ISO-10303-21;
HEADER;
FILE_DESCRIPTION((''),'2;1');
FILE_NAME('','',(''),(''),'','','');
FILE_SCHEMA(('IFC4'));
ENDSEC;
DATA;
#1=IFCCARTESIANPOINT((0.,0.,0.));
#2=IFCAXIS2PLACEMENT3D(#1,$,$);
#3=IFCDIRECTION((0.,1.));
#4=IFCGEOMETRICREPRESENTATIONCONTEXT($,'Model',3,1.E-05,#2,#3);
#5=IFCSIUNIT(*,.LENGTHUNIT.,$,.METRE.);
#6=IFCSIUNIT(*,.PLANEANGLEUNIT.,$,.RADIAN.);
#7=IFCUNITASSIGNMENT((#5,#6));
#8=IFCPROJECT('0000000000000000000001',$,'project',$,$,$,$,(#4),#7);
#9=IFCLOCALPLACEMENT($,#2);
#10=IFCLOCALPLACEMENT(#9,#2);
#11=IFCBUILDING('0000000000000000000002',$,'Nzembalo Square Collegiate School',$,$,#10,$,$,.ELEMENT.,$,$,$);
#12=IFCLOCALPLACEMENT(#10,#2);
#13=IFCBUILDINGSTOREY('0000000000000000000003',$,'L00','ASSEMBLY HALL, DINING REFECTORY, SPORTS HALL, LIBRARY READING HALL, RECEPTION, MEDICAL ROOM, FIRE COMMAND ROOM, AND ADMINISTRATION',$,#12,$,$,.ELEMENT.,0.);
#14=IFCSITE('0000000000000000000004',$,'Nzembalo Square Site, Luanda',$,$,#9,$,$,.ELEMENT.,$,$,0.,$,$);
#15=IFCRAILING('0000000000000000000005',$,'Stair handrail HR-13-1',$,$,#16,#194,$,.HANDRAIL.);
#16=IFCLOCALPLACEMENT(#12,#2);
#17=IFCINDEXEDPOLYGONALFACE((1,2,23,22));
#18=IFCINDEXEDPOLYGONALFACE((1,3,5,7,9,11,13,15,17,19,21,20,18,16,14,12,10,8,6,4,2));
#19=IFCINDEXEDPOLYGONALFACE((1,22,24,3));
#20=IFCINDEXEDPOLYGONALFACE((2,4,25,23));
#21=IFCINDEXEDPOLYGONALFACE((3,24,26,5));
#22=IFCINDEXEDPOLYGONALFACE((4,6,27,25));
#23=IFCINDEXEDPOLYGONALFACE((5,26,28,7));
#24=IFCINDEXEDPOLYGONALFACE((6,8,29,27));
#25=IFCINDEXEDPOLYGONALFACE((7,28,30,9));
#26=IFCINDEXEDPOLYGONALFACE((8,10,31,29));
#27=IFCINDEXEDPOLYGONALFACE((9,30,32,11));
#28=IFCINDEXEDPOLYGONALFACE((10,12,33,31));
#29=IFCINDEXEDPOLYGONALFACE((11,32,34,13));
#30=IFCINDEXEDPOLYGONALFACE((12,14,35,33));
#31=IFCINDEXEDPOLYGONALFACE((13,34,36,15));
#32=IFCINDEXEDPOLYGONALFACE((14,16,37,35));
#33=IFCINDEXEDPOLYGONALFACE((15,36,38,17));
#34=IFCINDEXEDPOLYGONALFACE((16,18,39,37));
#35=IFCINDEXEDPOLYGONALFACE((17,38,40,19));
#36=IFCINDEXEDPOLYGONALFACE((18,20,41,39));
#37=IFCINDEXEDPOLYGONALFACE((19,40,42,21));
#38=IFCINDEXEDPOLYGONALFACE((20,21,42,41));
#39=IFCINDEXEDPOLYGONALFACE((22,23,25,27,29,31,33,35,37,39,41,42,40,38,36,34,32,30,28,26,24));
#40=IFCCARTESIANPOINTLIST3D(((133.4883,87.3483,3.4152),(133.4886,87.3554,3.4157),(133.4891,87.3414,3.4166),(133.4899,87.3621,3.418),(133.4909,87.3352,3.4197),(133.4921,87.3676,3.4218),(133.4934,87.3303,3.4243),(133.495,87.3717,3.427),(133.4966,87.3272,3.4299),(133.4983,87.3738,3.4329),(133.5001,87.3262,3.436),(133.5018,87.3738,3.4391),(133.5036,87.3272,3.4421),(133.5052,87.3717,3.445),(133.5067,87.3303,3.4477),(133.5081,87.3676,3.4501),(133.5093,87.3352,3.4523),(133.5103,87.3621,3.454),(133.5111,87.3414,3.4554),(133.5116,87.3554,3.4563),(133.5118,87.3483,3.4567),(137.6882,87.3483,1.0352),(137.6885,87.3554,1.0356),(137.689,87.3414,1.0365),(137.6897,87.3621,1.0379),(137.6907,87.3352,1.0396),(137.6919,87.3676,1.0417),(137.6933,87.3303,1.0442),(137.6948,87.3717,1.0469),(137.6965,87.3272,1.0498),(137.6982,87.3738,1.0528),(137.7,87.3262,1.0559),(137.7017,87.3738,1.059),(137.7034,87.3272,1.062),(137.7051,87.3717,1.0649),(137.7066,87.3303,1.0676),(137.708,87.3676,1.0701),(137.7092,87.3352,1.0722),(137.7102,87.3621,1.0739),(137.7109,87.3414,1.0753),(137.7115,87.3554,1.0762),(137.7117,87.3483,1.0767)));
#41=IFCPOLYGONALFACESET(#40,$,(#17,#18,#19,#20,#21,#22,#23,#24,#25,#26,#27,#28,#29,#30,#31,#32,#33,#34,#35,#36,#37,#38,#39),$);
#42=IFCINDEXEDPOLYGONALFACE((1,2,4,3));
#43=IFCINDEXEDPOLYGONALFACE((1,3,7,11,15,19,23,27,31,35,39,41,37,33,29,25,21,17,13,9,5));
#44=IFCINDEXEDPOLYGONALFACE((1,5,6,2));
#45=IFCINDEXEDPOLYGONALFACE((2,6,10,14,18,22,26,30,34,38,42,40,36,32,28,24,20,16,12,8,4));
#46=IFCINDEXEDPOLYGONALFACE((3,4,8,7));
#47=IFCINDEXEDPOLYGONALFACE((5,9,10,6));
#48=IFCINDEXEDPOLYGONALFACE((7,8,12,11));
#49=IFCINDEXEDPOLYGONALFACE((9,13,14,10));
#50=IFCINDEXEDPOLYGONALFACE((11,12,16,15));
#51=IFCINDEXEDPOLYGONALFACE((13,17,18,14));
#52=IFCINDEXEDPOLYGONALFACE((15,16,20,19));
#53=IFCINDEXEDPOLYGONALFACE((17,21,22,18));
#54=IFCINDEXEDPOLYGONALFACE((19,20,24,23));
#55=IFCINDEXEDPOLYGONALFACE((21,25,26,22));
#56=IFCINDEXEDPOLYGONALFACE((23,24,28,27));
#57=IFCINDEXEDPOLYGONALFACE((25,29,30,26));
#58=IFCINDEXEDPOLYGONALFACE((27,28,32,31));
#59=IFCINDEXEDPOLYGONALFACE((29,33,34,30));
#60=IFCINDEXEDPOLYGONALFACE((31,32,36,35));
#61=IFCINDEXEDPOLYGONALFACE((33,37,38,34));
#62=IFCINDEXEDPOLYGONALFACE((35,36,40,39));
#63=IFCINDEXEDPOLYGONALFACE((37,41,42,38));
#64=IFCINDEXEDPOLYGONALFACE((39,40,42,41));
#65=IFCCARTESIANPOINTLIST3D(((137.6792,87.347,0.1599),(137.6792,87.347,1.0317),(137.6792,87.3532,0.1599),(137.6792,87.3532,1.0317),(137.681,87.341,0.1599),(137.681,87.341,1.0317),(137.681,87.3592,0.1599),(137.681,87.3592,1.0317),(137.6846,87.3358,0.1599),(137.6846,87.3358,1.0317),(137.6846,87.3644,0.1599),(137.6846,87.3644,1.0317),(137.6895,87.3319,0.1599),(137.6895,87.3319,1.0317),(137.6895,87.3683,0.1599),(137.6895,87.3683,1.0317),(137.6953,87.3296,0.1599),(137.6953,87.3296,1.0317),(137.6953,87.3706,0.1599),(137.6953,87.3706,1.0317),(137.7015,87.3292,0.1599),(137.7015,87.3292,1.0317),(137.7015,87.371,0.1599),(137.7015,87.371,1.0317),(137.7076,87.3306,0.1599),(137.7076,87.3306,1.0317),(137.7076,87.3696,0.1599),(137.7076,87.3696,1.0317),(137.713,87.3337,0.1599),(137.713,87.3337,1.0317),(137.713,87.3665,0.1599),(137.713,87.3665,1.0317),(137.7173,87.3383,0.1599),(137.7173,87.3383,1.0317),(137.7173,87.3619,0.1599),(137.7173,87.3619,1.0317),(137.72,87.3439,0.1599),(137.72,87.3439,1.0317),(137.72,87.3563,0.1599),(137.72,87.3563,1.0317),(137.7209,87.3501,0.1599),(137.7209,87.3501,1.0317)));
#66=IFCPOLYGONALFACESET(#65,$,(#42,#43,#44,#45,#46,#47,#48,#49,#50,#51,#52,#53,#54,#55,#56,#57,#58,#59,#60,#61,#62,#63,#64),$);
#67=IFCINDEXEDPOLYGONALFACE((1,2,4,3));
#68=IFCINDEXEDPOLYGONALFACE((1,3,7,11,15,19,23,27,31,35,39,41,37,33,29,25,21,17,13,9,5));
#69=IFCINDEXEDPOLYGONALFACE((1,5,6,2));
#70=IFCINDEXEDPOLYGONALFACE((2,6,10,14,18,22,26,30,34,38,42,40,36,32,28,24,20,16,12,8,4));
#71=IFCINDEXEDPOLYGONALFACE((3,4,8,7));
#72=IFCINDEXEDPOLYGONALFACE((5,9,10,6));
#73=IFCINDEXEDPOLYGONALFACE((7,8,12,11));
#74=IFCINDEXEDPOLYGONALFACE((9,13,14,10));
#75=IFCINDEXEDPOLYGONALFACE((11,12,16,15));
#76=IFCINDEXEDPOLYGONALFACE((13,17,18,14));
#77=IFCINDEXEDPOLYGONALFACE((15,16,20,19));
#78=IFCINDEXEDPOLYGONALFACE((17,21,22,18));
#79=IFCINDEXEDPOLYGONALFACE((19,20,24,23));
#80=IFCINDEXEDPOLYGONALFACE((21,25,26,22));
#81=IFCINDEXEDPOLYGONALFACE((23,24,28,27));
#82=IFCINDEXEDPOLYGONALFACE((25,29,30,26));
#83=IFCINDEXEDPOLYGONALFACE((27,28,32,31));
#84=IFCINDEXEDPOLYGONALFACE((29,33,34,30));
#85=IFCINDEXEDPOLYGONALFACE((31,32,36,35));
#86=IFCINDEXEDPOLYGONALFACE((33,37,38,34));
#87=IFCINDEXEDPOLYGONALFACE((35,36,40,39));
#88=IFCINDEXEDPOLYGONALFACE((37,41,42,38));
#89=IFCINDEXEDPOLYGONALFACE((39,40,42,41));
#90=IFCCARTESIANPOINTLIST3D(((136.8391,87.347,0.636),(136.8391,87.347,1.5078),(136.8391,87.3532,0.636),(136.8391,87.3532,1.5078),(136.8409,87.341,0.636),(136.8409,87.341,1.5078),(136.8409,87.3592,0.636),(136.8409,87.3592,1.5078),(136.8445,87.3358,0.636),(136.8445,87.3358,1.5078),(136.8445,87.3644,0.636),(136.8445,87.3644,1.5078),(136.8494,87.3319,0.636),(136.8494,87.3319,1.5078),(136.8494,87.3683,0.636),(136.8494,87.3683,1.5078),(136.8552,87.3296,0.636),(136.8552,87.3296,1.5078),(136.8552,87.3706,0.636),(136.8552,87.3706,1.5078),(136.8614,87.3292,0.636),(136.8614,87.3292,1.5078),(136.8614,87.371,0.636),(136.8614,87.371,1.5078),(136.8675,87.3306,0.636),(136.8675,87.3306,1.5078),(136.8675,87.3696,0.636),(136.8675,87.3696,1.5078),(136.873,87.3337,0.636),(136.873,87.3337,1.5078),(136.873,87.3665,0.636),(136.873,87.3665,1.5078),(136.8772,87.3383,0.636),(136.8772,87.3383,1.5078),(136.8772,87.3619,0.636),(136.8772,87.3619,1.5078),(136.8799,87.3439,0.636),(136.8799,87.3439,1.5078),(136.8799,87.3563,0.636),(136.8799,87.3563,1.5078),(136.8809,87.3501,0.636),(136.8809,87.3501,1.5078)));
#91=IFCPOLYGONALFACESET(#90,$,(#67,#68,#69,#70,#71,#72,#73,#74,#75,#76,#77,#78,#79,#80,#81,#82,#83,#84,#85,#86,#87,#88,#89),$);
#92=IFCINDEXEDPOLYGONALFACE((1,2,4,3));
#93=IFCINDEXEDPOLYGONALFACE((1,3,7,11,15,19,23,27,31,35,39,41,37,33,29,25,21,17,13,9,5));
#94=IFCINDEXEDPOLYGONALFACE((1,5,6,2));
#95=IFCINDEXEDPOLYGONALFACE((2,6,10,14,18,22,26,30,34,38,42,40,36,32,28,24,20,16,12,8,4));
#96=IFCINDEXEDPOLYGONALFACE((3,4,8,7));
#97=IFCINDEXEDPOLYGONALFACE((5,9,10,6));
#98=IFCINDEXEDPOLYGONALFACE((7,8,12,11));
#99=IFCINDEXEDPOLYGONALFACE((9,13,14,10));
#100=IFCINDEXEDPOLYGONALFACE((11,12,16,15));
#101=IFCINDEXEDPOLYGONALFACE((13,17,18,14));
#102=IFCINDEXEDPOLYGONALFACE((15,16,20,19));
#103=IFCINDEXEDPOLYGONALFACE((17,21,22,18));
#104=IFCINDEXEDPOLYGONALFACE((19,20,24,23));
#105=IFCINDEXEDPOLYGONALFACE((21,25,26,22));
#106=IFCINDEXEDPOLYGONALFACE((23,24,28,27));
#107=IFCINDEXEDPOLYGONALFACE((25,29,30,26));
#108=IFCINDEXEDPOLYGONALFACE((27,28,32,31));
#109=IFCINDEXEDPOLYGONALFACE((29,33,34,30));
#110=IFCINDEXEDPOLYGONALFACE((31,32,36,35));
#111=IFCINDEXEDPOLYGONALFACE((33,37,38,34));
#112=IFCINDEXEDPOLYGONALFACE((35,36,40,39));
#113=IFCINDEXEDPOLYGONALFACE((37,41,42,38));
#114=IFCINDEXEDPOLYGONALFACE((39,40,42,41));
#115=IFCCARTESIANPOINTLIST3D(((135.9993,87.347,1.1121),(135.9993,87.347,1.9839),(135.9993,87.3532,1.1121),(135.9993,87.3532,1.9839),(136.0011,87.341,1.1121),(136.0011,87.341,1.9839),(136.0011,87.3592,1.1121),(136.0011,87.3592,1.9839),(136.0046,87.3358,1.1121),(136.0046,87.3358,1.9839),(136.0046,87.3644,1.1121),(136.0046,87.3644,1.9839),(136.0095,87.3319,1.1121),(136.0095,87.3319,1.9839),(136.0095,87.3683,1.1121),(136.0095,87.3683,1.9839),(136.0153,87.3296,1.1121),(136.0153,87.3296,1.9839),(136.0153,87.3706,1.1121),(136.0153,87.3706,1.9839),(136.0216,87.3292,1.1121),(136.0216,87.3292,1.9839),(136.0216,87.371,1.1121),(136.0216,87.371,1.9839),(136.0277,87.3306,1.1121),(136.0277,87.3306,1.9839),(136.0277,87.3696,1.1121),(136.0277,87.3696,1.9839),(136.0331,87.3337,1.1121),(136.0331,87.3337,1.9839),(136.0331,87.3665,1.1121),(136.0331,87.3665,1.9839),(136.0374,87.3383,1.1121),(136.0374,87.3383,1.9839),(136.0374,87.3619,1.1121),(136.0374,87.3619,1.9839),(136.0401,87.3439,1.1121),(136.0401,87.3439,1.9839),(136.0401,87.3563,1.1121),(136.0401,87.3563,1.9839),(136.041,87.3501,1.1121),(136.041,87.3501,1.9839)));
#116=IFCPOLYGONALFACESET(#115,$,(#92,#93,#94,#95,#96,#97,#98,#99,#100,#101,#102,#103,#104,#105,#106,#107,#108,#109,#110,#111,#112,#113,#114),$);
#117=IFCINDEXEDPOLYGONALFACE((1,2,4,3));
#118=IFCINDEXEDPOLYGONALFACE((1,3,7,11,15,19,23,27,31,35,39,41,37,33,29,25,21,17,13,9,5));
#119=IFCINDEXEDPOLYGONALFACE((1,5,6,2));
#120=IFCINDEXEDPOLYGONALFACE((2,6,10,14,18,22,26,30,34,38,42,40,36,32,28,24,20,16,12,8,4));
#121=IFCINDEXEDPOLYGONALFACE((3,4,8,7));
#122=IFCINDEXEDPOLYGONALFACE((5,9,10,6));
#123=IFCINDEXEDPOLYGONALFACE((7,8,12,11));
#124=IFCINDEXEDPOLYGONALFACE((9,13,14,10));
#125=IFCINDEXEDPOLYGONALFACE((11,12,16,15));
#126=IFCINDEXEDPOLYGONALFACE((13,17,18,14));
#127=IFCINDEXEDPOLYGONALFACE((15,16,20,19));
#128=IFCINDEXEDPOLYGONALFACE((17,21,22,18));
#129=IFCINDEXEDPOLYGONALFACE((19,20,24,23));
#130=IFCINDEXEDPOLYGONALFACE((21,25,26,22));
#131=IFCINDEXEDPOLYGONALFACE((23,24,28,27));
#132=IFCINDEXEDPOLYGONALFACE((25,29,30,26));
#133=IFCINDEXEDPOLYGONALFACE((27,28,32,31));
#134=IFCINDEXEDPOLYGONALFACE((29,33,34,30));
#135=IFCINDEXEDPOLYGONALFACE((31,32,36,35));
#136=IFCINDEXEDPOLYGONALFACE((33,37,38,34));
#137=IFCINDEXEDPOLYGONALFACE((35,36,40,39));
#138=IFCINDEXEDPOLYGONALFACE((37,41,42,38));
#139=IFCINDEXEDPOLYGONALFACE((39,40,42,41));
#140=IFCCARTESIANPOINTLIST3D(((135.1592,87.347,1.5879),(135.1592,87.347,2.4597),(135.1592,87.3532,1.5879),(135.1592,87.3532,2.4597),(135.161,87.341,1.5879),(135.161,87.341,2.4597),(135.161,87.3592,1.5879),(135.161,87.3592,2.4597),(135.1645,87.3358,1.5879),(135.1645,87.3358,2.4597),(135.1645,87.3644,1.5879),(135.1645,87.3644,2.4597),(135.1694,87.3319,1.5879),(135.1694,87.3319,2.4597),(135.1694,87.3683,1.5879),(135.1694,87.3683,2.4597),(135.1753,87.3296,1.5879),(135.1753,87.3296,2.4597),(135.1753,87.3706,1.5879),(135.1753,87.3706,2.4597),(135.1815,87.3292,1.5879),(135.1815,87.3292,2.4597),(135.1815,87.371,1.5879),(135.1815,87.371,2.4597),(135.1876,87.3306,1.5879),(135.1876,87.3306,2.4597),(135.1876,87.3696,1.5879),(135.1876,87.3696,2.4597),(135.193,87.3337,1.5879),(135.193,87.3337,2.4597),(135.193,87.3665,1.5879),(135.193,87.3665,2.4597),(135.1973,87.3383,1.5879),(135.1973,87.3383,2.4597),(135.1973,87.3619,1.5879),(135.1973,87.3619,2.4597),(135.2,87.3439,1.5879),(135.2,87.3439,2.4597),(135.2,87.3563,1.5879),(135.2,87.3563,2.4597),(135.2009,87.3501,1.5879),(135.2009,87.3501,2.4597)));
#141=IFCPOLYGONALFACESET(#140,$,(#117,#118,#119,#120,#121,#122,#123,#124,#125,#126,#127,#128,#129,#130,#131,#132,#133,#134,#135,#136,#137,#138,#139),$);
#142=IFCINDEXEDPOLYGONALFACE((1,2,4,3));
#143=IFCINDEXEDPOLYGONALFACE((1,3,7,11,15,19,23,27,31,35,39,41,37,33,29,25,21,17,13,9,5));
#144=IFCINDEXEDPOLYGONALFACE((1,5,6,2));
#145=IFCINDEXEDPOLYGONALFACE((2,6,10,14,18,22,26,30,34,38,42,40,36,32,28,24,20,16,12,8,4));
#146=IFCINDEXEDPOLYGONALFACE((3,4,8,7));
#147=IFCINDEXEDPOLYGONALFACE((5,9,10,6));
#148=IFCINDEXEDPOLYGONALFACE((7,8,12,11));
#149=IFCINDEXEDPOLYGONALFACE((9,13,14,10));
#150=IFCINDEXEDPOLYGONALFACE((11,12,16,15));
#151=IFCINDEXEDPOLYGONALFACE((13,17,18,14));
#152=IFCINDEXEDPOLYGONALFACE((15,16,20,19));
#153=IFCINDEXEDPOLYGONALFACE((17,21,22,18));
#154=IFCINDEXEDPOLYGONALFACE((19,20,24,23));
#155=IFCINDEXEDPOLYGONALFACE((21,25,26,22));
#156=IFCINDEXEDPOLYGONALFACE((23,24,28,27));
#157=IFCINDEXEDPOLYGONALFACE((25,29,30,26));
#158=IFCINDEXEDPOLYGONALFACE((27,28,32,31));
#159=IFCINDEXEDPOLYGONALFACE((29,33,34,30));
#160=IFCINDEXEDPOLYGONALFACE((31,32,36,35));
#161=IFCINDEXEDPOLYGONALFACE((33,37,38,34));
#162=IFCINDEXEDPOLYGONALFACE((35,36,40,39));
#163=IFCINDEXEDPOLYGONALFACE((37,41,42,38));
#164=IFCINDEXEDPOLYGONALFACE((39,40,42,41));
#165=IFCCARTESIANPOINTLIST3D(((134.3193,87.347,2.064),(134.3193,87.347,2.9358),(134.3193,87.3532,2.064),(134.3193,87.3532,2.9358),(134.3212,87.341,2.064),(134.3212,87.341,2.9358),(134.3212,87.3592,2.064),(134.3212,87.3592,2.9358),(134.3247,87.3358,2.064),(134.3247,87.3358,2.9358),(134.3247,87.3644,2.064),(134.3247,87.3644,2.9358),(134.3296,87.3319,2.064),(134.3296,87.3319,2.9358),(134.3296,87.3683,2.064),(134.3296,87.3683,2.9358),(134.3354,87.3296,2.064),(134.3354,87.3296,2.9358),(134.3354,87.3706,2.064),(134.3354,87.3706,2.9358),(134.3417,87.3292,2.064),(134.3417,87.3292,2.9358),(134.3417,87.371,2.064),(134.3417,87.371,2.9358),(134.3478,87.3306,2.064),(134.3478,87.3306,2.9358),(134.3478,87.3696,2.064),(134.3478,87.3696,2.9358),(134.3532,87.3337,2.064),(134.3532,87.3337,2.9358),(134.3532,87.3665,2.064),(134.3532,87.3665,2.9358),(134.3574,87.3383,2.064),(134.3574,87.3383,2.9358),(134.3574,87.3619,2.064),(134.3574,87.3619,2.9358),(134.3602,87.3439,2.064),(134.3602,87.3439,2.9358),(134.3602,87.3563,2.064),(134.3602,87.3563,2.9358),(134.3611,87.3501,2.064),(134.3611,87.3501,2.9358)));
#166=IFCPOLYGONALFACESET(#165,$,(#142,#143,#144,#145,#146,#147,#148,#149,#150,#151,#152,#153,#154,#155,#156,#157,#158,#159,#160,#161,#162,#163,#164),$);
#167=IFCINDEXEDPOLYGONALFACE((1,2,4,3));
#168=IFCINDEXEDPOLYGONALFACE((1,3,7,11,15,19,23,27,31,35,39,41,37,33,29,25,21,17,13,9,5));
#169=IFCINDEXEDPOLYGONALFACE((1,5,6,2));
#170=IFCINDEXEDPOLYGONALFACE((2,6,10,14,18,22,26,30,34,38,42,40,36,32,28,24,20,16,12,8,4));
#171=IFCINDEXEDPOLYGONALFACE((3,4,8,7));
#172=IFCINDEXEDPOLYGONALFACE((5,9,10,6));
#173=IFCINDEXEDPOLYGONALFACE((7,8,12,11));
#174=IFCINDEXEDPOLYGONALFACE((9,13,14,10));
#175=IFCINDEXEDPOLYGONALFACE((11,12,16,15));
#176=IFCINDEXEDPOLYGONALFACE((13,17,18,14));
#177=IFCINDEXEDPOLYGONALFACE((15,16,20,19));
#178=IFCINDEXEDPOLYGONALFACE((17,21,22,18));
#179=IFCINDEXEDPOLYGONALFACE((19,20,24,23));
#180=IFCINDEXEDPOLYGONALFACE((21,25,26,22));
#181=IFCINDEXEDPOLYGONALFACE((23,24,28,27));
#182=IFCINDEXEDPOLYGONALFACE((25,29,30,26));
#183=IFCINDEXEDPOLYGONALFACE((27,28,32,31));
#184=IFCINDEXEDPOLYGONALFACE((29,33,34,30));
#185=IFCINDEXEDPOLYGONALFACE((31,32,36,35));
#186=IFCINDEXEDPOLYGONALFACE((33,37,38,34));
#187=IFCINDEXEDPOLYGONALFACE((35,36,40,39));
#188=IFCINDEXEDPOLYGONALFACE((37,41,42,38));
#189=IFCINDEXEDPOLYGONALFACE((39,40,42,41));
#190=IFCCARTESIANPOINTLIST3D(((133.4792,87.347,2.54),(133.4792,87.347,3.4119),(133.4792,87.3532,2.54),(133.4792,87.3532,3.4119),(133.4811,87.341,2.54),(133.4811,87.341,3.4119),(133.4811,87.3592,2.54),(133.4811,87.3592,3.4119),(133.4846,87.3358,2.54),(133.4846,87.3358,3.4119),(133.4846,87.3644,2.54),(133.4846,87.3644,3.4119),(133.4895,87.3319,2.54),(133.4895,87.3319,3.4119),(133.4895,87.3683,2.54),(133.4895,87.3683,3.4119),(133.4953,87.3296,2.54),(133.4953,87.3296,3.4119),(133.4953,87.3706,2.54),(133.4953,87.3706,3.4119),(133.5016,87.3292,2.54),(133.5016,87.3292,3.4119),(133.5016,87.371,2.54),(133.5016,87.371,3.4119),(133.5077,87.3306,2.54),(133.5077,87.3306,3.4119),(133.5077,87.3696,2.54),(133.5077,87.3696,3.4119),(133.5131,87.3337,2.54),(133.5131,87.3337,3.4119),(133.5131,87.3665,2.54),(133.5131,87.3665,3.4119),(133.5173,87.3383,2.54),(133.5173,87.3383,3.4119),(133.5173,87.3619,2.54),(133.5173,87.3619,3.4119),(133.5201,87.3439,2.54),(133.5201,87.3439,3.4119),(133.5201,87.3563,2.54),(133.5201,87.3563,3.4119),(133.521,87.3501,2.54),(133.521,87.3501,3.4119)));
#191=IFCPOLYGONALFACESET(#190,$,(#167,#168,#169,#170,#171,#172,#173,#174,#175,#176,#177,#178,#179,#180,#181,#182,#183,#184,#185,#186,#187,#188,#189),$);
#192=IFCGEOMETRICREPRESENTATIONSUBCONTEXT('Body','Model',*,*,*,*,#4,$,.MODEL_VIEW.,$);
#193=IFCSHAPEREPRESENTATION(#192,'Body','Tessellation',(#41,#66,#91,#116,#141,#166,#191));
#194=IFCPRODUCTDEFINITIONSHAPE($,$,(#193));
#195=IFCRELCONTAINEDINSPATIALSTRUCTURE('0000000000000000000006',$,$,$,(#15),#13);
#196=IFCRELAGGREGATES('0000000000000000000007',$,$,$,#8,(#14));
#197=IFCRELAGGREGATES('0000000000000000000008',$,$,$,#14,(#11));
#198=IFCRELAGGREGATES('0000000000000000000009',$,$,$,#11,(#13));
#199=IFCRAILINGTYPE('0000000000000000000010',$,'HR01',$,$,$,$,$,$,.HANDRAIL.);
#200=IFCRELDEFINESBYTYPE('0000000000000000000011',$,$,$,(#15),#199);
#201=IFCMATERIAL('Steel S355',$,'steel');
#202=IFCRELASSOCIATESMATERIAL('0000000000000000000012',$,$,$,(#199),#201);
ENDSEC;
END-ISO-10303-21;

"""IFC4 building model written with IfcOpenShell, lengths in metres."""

from ifc_helpers import new_model, si_unit, direction, frame, origin, origin_2d, place, context, subcontext, project, spatial, circle, extrude, material, type_object, element, save


model = new_model("IFC4")

# Units and contexts
model_context = context("Model", 3, precision=1e-05, world=origin(), true_north=direction((0.0, 1.0)))
body_context = subcontext(model_context, "Body", "Model", "MODEL_VIEW")
ifc_project = project(units=[si_unit("LENGTHUNIT", "METRE"), si_unit("PLANEANGLEUNIT", "RADIAN")], contexts=[model_context])

# Site, building, storey
site_placement = place(None, origin())
site = spatial("IfcSite", under=ifc_project, at=site_placement, Name="Nzembalo Square Site, Luanda", CompositionType="ELEMENT", RefElevation=0.0)
building_placement = place(site_placement, origin())
building = spatial("IfcBuilding", under=site, at=building_placement, Name="Nzembalo Square Collegiate School", CompositionType="ELEMENT")
storey_placement = place(building_placement, origin())
storey = spatial("IfcBuildingStorey", under=building, at=storey_placement, Name="L00", Description="ASSEMBLY HALL, DINING REFECTORY, SPORTS HALL, LIBRARY READING HALL, RECEPTION, MEDICAL ROOM, FIRE COMMAND ROOM, AND ADMINISTRATION", CompositionType="ELEMENT", Elevation=0.0)

# Railing
ifc_material_1 = material(Name="Steel S355", Category="steel")
railing_type_1 = type_object("IfcRailingType", Name="HR01", PredefinedType="HANDRAIL", material=ifc_material_1)
railing_1_placement = place(storey_placement, frame((137.7, 87.3501, 0.1599)))
element("IfcRailing", 1, at=railing_1_placement, inside=storey, type_object=railing_type_1, Name="Stair handrail HR-13-1", PredefinedType="HANDRAIL", context=body_context, shape_type="SweptSolid", body=[
    extrude(circle(Radius=0.0239, at=origin_2d()), frame((0.0, 0.0, 0.896), z_axis=(-0.870008, 0.0, 0.493037), x_axis=(0.0, -1.0, 0.0)), (0.0, 0.0, 1.0), 4.8274),
    extrude(circle(Radius=0.021, at=origin_2d()), origin(), (0.0, 0.0, 1.0), 0.8718),
    extrude(circle(Radius=0.021, at=origin_2d()), frame((-0.8401, 0.0, 0.4761)), (0.0, 0.0, 1.0), 0.8718),
    extrude(circle(Radius=0.021, at=origin_2d()), frame((-1.6799, 0.0, 0.9521)), (0.0, 0.0, 1.0), 0.8718),
    extrude(circle(Radius=0.021, at=origin_2d()), frame((-2.52, 0.0, 1.428)), (0.0, 0.0, 1.0), 0.8718),
    extrude(circle(Radius=0.021, at=origin_2d()), frame((-3.3599, 0.0, 1.9041)), (0.0, 0.0, 1.0), 0.8718),
    extrude(circle(Radius=0.021, at=origin_2d()), frame((-4.2, 0.0, 2.3801)), (0.0, 0.0, 1.0), 0.8718),
])

save(model, "model.ifc")
